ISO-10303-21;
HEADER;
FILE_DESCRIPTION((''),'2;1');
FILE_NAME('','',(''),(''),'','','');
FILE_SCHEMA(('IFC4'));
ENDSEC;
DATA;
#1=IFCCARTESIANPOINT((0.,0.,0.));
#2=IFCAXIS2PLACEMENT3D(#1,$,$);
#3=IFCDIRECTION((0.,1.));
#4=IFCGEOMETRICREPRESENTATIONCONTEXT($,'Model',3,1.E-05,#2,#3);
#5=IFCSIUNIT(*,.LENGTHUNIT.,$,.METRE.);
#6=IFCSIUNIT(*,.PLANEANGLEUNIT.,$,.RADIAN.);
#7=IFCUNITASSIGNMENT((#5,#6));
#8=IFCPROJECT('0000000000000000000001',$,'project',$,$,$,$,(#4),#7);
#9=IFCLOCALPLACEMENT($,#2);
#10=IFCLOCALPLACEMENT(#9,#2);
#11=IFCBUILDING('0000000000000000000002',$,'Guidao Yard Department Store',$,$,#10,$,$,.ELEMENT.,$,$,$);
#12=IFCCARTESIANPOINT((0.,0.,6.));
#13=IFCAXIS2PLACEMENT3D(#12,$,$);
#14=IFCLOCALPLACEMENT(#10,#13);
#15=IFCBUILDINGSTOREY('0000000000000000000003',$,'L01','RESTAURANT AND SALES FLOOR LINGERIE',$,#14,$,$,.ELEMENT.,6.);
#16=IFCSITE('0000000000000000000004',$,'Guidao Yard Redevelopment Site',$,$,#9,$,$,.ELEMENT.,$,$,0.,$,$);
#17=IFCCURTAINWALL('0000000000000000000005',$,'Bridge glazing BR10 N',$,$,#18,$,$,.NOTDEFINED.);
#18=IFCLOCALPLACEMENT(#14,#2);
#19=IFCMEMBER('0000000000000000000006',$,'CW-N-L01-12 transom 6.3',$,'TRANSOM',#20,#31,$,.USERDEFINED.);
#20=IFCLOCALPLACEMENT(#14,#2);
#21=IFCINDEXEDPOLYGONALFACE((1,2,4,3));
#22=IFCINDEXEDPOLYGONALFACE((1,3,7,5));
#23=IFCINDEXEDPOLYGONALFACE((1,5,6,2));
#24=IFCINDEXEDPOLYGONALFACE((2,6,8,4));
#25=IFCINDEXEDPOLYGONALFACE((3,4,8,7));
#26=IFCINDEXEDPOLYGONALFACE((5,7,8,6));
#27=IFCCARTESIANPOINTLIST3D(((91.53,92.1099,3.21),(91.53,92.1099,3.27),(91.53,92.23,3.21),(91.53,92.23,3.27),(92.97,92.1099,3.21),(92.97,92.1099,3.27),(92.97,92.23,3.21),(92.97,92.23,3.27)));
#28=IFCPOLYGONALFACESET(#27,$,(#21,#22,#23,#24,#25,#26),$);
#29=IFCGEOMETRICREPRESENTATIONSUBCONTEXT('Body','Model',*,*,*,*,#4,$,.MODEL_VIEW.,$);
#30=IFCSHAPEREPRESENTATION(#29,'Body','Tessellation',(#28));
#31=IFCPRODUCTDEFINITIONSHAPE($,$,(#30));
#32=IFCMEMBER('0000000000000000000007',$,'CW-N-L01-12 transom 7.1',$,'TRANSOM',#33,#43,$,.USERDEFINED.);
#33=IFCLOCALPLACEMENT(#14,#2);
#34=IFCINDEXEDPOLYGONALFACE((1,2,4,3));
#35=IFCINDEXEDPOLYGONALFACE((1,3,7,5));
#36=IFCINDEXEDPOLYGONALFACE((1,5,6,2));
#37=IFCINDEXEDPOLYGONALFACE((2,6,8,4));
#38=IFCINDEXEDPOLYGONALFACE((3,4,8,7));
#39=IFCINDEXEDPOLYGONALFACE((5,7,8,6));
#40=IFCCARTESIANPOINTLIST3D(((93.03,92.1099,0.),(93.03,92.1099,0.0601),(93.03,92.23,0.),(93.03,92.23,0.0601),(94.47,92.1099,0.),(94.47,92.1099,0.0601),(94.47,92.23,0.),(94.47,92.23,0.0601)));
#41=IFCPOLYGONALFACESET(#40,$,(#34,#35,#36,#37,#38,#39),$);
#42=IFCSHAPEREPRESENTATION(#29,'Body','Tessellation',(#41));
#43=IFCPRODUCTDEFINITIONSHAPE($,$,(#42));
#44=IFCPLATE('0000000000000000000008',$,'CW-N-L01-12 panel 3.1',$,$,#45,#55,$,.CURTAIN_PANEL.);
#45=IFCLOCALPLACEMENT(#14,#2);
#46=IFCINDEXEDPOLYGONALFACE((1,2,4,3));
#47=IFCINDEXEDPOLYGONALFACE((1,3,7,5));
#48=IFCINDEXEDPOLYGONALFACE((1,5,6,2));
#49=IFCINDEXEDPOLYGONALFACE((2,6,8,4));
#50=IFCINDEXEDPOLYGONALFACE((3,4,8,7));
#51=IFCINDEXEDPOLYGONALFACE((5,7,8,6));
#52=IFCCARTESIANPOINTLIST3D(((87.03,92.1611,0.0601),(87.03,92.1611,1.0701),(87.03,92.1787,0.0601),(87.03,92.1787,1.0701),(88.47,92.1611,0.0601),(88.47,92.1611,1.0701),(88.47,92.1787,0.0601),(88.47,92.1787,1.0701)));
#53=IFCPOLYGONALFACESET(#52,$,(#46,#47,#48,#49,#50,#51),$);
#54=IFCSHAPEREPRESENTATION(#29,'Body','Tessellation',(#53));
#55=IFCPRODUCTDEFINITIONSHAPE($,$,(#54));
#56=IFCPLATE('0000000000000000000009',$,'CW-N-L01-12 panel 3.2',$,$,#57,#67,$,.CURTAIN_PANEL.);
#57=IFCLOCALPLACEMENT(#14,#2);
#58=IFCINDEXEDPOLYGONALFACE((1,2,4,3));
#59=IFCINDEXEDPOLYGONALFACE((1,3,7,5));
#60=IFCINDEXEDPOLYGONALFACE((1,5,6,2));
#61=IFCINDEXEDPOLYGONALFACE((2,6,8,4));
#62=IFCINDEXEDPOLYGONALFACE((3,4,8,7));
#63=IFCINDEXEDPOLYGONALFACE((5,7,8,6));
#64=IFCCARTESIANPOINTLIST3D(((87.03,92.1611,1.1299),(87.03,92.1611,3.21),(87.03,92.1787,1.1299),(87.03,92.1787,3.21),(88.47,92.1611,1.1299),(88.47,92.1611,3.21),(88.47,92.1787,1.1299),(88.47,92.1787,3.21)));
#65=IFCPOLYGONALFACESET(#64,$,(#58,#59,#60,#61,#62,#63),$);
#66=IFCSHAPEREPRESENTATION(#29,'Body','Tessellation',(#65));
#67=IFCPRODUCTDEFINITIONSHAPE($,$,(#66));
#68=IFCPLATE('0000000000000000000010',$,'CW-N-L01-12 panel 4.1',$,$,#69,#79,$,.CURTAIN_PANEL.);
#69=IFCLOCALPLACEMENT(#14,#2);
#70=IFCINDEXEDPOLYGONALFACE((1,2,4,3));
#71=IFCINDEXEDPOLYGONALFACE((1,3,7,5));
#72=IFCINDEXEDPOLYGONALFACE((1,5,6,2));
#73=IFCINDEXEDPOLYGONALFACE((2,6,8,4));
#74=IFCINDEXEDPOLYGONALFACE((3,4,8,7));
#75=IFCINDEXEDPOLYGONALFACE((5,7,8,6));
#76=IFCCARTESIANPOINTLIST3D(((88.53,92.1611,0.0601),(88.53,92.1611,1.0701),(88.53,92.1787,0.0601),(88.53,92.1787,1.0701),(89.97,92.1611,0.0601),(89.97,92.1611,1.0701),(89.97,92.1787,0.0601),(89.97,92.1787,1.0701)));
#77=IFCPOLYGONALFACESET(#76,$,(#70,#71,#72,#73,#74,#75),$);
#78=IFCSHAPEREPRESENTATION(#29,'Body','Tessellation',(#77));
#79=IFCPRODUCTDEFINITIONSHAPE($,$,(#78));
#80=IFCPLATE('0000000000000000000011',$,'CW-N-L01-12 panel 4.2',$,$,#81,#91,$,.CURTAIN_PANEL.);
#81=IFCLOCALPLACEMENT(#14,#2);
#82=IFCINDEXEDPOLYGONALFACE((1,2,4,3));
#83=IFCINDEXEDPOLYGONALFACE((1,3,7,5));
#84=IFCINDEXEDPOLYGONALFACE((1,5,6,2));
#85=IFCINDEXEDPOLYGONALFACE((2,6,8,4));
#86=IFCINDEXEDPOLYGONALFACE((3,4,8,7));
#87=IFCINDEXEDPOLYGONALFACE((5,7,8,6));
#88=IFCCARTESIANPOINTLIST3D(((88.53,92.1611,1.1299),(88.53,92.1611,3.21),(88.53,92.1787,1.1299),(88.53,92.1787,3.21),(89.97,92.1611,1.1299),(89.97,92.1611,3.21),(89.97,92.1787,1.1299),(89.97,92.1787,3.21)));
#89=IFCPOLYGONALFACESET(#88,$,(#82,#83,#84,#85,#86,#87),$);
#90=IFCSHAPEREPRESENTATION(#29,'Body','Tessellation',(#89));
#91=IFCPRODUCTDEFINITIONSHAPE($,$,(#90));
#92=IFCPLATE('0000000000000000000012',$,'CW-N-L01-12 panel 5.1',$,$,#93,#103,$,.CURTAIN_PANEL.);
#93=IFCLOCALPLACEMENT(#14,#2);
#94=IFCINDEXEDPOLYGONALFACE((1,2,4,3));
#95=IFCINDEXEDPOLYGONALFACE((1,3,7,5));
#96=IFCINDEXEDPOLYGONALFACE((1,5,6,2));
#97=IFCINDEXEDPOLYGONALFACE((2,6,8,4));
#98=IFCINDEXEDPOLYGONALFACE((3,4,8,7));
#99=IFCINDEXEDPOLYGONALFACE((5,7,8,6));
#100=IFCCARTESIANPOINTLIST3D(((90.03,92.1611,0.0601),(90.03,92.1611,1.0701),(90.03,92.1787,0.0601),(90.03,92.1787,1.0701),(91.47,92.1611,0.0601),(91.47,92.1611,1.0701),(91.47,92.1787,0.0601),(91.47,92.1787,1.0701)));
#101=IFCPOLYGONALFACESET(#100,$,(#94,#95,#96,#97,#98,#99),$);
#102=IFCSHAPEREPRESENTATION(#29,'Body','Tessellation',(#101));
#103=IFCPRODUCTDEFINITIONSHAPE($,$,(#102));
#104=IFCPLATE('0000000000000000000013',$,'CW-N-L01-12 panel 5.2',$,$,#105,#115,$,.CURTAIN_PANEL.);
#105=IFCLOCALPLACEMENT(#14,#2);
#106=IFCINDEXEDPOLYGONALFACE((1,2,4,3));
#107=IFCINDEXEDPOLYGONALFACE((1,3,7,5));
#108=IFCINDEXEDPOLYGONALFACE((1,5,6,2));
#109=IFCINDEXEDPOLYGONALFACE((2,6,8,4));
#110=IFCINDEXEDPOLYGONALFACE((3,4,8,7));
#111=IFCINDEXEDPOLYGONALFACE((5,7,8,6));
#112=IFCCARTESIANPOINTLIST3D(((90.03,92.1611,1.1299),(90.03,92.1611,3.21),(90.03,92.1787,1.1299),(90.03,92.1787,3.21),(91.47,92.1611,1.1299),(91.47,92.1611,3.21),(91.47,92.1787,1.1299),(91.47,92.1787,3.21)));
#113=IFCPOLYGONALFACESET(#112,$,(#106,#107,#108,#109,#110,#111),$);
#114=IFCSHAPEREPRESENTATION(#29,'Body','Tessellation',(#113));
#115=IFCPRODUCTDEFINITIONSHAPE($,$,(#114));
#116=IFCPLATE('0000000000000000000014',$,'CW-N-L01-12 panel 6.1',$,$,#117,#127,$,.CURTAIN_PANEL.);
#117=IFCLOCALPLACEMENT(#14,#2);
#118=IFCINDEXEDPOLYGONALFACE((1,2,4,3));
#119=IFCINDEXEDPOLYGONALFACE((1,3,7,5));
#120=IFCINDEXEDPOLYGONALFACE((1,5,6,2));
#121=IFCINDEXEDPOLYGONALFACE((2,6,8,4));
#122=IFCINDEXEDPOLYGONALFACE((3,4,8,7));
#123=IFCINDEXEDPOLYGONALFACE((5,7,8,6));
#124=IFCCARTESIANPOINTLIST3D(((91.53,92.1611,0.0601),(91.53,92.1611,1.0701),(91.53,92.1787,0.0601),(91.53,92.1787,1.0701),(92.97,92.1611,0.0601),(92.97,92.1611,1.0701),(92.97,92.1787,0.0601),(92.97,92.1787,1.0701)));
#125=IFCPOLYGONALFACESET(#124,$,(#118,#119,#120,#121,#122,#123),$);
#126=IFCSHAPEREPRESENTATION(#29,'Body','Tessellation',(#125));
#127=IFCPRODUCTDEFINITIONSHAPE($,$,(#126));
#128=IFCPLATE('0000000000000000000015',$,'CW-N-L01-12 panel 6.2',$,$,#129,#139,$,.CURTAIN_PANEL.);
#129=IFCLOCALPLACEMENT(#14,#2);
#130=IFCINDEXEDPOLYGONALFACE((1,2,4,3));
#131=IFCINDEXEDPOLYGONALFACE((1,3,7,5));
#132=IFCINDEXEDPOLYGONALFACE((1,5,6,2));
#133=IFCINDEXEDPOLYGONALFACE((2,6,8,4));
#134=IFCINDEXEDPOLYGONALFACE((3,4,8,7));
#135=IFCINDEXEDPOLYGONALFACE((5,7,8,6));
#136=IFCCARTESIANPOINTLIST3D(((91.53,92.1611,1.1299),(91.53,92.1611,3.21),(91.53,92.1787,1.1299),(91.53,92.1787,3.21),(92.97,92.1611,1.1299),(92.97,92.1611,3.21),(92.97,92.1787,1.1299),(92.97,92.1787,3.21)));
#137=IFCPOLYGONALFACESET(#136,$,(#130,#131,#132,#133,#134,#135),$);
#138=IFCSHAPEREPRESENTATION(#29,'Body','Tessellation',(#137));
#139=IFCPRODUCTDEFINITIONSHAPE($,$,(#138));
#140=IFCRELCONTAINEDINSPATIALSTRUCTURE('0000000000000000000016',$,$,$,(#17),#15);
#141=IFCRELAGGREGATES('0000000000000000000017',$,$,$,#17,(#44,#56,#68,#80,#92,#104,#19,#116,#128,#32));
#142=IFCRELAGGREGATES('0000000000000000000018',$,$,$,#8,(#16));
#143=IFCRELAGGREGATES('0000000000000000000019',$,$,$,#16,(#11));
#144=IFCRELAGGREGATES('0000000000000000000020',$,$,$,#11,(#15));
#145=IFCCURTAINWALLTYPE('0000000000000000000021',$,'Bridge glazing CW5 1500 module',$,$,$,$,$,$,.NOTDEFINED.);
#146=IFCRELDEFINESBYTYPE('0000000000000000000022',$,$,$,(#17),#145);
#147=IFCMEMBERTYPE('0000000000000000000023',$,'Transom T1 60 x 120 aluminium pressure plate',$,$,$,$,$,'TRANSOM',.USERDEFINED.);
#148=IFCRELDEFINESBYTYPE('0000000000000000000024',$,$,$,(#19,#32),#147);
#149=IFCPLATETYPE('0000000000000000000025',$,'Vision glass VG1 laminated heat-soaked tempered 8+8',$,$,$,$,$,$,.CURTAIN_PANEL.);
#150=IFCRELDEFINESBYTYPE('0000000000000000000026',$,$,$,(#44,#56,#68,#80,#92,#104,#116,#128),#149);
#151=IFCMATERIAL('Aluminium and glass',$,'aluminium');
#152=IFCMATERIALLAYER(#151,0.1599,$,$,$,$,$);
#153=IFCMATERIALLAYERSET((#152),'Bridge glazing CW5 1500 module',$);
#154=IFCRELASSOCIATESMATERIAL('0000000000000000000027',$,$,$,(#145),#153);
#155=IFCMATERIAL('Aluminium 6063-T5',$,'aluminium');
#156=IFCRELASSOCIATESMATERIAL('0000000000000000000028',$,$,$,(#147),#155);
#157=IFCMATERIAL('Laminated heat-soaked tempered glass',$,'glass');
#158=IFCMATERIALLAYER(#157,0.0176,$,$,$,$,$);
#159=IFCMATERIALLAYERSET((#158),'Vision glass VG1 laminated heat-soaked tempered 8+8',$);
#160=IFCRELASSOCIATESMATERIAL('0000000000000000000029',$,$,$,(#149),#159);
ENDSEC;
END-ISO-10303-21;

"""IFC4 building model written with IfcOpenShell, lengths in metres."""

from ifc_helpers import new_model, si_unit, direction, frame, origin, origin_2d, place, context, subcontext, project, spatial, rectangle, extrude, material, layer, layer_set, material_profile, profile_set, type_object, element, aggregate, save


model = new_model("IFC4")

# Units and contexts
model_context = context("Model", 3, precision=1e-05, world=origin(), true_north=direction((0.0, 1.0)))
body_context = subcontext(model_context, "Body", "Model", "MODEL_VIEW")
ifc_project = project(units=[si_unit("LENGTHUNIT", "METRE"), si_unit("PLANEANGLEUNIT", "RADIAN")], contexts=[model_context])

# Site, building, storey
site_placement = place(None, origin())
site = spatial("IfcSite", under=ifc_project, at=site_placement, Name="Guidao Yard Redevelopment Site", CompositionType="ELEMENT", RefElevation=0.0)
building_placement = place(site_placement, origin())
building = spatial("IfcBuilding", under=site, at=building_placement, Name="Guidao Yard Department Store", CompositionType="ELEMENT")
storey_placement = place(building_placement, frame((0.0, 0.0, 6.0)))
storey = spatial("IfcBuildingStorey", under=building, at=storey_placement, Name="L01", Description="RESTAURANT AND SALES FLOOR LINGERIE", CompositionType="ELEMENT", Elevation=6.0)

# Curtain wall, members, plates
ifc_material_1 = material(Name="Aluminium and glass", Category="aluminium")
ifc_layer_1 = layer(ifc_material_1, 0.1599)
ifc_layer_set_1 = layer_set([ifc_layer_1], Name="Bridge glazing CW5 1500 module")
curtain_wall_type = type_object("IfcCurtainWallType", Name="Bridge glazing CW5 1500 module", PredefinedType="NOTDEFINED", material=ifc_layer_set_1)
curtain_wall_placement = place(storey_placement, origin())
curtain_wall = element("IfcCurtainWall", 1, at=curtain_wall_placement, inside=storey, type_object=curtain_wall_type, Name="Bridge glazing BR10 N", PredefinedType="NOTDEFINED")
ifc_material_2 = material(Name="Aluminium 6063-T5", Category="aluminium")
ifc_material_profile_1 = material_profile(ifc_material_2, rectangle(XDim=0.1201, YDim=0.0601, at=origin_2d()), Name="Transom T1 60 x 120 aluminium pressure plate")
ifc_profile_set_1 = profile_set([ifc_material_profile_1], Name="Aluminium 6063-T5")
member_type_1 = type_object("IfcMemberType", Name="Transom T1 60 x 120 aluminium pressure plate", ElementType="TRANSOM", PredefinedType="USERDEFINED", material=ifc_profile_set_1)
member_1_placement = place(storey_placement, frame((91.53, 92.1699, 3.24), z_axis=(1.0, 0.0, 0.0), x_axis=(0.0, 1.0, 0.0)))
member_1 = element("IfcMember", 2, at=member_1_placement, type_object=member_type_1, Name="CW-N-L01-12 transom 6.3", ObjectType="TRANSOM", PredefinedType="USERDEFINED", context=body_context, shape_type="SweptSolid", body=[
    extrude(rectangle(XDim=0.1201, YDim=0.0601, at=origin_2d()), origin(), (0.0, 0.0, 1.0), 1.4399),
])
member_2_placement = place(storey_placement, frame((93.03, 92.1699, 0.03), z_axis=(1.0, 0.0, 0.0), x_axis=(0.0, 1.0, 0.0)))
member_2 = element("IfcMember", 3, at=member_2_placement, type_object=member_type_1, Name="CW-N-L01-12 transom 7.1", ObjectType="TRANSOM", PredefinedType="USERDEFINED", context=body_context, shape_type="SweptSolid", body=[
    extrude(rectangle(XDim=0.1201, YDim=0.0601, at=origin_2d()), origin(), (0.0, 0.0, 1.0), 1.4399),
])
ifc_material_3 = material(Name="Laminated heat-soaked tempered glass", Category="glass")
ifc_layer_2 = layer(ifc_material_3, 0.0176)
ifc_layer_set_2 = layer_set([ifc_layer_2], Name="Vision glass VG1 laminated heat-soaked tempered 8+8")
plate_type = type_object("IfcPlateType", Name="Vision glass VG1 laminated heat-soaked tempered 8+8", PredefinedType="CURTAIN_PANEL", material=ifc_layer_set_2)
plate_1_placement = place(storey_placement, frame((87.75, 92.1699, 0.0601), z_axis=(0.0, 0.0, 1.0), x_axis=(1.0, 0.0, 0.0)))
plate_1 = element("IfcPlate", 4, at=plate_1_placement, type_object=plate_type, Name="CW-N-L01-12 panel 3.1", PredefinedType="CURTAIN_PANEL", context=body_context, shape_type="SweptSolid", body=[
    extrude(rectangle(XDim=1.4399, YDim=0.0176, at=origin_2d()), origin(), (0.0, 0.0, 1.0), 1.01),
])
plate_2_placement = place(storey_placement, frame((87.75, 92.1699, 1.1299), z_axis=(0.0, 0.0, 1.0), x_axis=(1.0, 0.0, 0.0)))
plate_2 = element("IfcPlate", 5, at=plate_2_placement, type_object=plate_type, Name="CW-N-L01-12 panel 3.2", PredefinedType="CURTAIN_PANEL", context=body_context, shape_type="SweptSolid", body=[
    extrude(rectangle(XDim=1.4399, YDim=0.0176, at=origin_2d()), origin(), (0.0, 0.0, 1.0), 2.0801),
])
plate_3_placement = place(storey_placement, frame((89.25, 92.1699, 0.0601), z_axis=(0.0, 0.0, 1.0), x_axis=(1.0, 0.0, 0.0)))
plate_3 = element("IfcPlate", 6, at=plate_3_placement, type_object=plate_type, Name="CW-N-L01-12 panel 4.1", PredefinedType="CURTAIN_PANEL", context=body_context, shape_type="SweptSolid", body=[
    extrude(rectangle(XDim=1.4399, YDim=0.0176, at=origin_2d()), origin(), (0.0, 0.0, 1.0), 1.01),
])
plate_4_placement = place(storey_placement, frame((89.25, 92.1699, 1.1299), z_axis=(0.0, 0.0, 1.0), x_axis=(1.0, 0.0, 0.0)))
plate_4 = element("IfcPlate", 7, at=plate_4_placement, type_object=plate_type, Name="CW-N-L01-12 panel 4.2", PredefinedType="CURTAIN_PANEL", context=body_context, shape_type="SweptSolid", body=[
    extrude(rectangle(XDim=1.4399, YDim=0.0176, at=origin_2d()), origin(), (0.0, 0.0, 1.0), 2.0801),
])
plate_5_placement = place(storey_placement, frame((90.75, 92.1699, 0.0601), z_axis=(0.0, 0.0, 1.0), x_axis=(1.0, 0.0, 0.0)))
plate_5 = element("IfcPlate", 8, at=plate_5_placement, type_object=plate_type, Name="CW-N-L01-12 panel 5.1", PredefinedType="CURTAIN_PANEL", context=body_context, shape_type="SweptSolid", body=[
    extrude(rectangle(XDim=1.4399, YDim=0.0176, at=origin_2d()), origin(), (0.0, 0.0, 1.0), 1.01),
])
plate_6_placement = place(storey_placement, frame((90.75, 92.1699, 1.1299), z_axis=(0.0, 0.0, 1.0), x_axis=(1.0, 0.0, 0.0)))
plate_6 = element("IfcPlate", 9, at=plate_6_placement, type_object=plate_type, Name="CW-N-L01-12 panel 5.2", PredefinedType="CURTAIN_PANEL", context=body_context, shape_type="SweptSolid", body=[
    extrude(rectangle(XDim=1.4399, YDim=0.0176, at=origin_2d()), origin(), (0.0, 0.0, 1.0), 2.0801),
])
plate_7_placement = place(storey_placement, frame((92.25, 92.1699, 0.0601), z_axis=(0.0, 0.0, 1.0), x_axis=(1.0, 0.0, 0.0)))
plate_7 = element("IfcPlate", 10, at=plate_7_placement, type_object=plate_type, Name="CW-N-L01-12 panel 6.1", PredefinedType="CURTAIN_PANEL", context=body_context, shape_type="SweptSolid", body=[
    extrude(rectangle(XDim=1.4399, YDim=0.0176, at=origin_2d()), origin(), (0.0, 0.0, 1.0), 1.01),
])
plate_8_placement = place(storey_placement, frame((92.25, 92.1699, 1.1299), z_axis=(0.0, 0.0, 1.0), x_axis=(1.0, 0.0, 0.0)))
plate_8 = element("IfcPlate", 11, at=plate_8_placement, type_object=plate_type, Name="CW-N-L01-12 panel 6.2", PredefinedType="CURTAIN_PANEL", context=body_context, shape_type="SweptSolid", body=[
    extrude(rectangle(XDim=1.4399, YDim=0.0176, at=origin_2d()), origin(), (0.0, 0.0, 1.0), 2.0801),
])
aggregate(curtain_wall, [plate_1, plate_2, plate_3, plate_4, plate_5, plate_6, member_1, plate_7, plate_8, member_2])

save(model, "model.ifc")
